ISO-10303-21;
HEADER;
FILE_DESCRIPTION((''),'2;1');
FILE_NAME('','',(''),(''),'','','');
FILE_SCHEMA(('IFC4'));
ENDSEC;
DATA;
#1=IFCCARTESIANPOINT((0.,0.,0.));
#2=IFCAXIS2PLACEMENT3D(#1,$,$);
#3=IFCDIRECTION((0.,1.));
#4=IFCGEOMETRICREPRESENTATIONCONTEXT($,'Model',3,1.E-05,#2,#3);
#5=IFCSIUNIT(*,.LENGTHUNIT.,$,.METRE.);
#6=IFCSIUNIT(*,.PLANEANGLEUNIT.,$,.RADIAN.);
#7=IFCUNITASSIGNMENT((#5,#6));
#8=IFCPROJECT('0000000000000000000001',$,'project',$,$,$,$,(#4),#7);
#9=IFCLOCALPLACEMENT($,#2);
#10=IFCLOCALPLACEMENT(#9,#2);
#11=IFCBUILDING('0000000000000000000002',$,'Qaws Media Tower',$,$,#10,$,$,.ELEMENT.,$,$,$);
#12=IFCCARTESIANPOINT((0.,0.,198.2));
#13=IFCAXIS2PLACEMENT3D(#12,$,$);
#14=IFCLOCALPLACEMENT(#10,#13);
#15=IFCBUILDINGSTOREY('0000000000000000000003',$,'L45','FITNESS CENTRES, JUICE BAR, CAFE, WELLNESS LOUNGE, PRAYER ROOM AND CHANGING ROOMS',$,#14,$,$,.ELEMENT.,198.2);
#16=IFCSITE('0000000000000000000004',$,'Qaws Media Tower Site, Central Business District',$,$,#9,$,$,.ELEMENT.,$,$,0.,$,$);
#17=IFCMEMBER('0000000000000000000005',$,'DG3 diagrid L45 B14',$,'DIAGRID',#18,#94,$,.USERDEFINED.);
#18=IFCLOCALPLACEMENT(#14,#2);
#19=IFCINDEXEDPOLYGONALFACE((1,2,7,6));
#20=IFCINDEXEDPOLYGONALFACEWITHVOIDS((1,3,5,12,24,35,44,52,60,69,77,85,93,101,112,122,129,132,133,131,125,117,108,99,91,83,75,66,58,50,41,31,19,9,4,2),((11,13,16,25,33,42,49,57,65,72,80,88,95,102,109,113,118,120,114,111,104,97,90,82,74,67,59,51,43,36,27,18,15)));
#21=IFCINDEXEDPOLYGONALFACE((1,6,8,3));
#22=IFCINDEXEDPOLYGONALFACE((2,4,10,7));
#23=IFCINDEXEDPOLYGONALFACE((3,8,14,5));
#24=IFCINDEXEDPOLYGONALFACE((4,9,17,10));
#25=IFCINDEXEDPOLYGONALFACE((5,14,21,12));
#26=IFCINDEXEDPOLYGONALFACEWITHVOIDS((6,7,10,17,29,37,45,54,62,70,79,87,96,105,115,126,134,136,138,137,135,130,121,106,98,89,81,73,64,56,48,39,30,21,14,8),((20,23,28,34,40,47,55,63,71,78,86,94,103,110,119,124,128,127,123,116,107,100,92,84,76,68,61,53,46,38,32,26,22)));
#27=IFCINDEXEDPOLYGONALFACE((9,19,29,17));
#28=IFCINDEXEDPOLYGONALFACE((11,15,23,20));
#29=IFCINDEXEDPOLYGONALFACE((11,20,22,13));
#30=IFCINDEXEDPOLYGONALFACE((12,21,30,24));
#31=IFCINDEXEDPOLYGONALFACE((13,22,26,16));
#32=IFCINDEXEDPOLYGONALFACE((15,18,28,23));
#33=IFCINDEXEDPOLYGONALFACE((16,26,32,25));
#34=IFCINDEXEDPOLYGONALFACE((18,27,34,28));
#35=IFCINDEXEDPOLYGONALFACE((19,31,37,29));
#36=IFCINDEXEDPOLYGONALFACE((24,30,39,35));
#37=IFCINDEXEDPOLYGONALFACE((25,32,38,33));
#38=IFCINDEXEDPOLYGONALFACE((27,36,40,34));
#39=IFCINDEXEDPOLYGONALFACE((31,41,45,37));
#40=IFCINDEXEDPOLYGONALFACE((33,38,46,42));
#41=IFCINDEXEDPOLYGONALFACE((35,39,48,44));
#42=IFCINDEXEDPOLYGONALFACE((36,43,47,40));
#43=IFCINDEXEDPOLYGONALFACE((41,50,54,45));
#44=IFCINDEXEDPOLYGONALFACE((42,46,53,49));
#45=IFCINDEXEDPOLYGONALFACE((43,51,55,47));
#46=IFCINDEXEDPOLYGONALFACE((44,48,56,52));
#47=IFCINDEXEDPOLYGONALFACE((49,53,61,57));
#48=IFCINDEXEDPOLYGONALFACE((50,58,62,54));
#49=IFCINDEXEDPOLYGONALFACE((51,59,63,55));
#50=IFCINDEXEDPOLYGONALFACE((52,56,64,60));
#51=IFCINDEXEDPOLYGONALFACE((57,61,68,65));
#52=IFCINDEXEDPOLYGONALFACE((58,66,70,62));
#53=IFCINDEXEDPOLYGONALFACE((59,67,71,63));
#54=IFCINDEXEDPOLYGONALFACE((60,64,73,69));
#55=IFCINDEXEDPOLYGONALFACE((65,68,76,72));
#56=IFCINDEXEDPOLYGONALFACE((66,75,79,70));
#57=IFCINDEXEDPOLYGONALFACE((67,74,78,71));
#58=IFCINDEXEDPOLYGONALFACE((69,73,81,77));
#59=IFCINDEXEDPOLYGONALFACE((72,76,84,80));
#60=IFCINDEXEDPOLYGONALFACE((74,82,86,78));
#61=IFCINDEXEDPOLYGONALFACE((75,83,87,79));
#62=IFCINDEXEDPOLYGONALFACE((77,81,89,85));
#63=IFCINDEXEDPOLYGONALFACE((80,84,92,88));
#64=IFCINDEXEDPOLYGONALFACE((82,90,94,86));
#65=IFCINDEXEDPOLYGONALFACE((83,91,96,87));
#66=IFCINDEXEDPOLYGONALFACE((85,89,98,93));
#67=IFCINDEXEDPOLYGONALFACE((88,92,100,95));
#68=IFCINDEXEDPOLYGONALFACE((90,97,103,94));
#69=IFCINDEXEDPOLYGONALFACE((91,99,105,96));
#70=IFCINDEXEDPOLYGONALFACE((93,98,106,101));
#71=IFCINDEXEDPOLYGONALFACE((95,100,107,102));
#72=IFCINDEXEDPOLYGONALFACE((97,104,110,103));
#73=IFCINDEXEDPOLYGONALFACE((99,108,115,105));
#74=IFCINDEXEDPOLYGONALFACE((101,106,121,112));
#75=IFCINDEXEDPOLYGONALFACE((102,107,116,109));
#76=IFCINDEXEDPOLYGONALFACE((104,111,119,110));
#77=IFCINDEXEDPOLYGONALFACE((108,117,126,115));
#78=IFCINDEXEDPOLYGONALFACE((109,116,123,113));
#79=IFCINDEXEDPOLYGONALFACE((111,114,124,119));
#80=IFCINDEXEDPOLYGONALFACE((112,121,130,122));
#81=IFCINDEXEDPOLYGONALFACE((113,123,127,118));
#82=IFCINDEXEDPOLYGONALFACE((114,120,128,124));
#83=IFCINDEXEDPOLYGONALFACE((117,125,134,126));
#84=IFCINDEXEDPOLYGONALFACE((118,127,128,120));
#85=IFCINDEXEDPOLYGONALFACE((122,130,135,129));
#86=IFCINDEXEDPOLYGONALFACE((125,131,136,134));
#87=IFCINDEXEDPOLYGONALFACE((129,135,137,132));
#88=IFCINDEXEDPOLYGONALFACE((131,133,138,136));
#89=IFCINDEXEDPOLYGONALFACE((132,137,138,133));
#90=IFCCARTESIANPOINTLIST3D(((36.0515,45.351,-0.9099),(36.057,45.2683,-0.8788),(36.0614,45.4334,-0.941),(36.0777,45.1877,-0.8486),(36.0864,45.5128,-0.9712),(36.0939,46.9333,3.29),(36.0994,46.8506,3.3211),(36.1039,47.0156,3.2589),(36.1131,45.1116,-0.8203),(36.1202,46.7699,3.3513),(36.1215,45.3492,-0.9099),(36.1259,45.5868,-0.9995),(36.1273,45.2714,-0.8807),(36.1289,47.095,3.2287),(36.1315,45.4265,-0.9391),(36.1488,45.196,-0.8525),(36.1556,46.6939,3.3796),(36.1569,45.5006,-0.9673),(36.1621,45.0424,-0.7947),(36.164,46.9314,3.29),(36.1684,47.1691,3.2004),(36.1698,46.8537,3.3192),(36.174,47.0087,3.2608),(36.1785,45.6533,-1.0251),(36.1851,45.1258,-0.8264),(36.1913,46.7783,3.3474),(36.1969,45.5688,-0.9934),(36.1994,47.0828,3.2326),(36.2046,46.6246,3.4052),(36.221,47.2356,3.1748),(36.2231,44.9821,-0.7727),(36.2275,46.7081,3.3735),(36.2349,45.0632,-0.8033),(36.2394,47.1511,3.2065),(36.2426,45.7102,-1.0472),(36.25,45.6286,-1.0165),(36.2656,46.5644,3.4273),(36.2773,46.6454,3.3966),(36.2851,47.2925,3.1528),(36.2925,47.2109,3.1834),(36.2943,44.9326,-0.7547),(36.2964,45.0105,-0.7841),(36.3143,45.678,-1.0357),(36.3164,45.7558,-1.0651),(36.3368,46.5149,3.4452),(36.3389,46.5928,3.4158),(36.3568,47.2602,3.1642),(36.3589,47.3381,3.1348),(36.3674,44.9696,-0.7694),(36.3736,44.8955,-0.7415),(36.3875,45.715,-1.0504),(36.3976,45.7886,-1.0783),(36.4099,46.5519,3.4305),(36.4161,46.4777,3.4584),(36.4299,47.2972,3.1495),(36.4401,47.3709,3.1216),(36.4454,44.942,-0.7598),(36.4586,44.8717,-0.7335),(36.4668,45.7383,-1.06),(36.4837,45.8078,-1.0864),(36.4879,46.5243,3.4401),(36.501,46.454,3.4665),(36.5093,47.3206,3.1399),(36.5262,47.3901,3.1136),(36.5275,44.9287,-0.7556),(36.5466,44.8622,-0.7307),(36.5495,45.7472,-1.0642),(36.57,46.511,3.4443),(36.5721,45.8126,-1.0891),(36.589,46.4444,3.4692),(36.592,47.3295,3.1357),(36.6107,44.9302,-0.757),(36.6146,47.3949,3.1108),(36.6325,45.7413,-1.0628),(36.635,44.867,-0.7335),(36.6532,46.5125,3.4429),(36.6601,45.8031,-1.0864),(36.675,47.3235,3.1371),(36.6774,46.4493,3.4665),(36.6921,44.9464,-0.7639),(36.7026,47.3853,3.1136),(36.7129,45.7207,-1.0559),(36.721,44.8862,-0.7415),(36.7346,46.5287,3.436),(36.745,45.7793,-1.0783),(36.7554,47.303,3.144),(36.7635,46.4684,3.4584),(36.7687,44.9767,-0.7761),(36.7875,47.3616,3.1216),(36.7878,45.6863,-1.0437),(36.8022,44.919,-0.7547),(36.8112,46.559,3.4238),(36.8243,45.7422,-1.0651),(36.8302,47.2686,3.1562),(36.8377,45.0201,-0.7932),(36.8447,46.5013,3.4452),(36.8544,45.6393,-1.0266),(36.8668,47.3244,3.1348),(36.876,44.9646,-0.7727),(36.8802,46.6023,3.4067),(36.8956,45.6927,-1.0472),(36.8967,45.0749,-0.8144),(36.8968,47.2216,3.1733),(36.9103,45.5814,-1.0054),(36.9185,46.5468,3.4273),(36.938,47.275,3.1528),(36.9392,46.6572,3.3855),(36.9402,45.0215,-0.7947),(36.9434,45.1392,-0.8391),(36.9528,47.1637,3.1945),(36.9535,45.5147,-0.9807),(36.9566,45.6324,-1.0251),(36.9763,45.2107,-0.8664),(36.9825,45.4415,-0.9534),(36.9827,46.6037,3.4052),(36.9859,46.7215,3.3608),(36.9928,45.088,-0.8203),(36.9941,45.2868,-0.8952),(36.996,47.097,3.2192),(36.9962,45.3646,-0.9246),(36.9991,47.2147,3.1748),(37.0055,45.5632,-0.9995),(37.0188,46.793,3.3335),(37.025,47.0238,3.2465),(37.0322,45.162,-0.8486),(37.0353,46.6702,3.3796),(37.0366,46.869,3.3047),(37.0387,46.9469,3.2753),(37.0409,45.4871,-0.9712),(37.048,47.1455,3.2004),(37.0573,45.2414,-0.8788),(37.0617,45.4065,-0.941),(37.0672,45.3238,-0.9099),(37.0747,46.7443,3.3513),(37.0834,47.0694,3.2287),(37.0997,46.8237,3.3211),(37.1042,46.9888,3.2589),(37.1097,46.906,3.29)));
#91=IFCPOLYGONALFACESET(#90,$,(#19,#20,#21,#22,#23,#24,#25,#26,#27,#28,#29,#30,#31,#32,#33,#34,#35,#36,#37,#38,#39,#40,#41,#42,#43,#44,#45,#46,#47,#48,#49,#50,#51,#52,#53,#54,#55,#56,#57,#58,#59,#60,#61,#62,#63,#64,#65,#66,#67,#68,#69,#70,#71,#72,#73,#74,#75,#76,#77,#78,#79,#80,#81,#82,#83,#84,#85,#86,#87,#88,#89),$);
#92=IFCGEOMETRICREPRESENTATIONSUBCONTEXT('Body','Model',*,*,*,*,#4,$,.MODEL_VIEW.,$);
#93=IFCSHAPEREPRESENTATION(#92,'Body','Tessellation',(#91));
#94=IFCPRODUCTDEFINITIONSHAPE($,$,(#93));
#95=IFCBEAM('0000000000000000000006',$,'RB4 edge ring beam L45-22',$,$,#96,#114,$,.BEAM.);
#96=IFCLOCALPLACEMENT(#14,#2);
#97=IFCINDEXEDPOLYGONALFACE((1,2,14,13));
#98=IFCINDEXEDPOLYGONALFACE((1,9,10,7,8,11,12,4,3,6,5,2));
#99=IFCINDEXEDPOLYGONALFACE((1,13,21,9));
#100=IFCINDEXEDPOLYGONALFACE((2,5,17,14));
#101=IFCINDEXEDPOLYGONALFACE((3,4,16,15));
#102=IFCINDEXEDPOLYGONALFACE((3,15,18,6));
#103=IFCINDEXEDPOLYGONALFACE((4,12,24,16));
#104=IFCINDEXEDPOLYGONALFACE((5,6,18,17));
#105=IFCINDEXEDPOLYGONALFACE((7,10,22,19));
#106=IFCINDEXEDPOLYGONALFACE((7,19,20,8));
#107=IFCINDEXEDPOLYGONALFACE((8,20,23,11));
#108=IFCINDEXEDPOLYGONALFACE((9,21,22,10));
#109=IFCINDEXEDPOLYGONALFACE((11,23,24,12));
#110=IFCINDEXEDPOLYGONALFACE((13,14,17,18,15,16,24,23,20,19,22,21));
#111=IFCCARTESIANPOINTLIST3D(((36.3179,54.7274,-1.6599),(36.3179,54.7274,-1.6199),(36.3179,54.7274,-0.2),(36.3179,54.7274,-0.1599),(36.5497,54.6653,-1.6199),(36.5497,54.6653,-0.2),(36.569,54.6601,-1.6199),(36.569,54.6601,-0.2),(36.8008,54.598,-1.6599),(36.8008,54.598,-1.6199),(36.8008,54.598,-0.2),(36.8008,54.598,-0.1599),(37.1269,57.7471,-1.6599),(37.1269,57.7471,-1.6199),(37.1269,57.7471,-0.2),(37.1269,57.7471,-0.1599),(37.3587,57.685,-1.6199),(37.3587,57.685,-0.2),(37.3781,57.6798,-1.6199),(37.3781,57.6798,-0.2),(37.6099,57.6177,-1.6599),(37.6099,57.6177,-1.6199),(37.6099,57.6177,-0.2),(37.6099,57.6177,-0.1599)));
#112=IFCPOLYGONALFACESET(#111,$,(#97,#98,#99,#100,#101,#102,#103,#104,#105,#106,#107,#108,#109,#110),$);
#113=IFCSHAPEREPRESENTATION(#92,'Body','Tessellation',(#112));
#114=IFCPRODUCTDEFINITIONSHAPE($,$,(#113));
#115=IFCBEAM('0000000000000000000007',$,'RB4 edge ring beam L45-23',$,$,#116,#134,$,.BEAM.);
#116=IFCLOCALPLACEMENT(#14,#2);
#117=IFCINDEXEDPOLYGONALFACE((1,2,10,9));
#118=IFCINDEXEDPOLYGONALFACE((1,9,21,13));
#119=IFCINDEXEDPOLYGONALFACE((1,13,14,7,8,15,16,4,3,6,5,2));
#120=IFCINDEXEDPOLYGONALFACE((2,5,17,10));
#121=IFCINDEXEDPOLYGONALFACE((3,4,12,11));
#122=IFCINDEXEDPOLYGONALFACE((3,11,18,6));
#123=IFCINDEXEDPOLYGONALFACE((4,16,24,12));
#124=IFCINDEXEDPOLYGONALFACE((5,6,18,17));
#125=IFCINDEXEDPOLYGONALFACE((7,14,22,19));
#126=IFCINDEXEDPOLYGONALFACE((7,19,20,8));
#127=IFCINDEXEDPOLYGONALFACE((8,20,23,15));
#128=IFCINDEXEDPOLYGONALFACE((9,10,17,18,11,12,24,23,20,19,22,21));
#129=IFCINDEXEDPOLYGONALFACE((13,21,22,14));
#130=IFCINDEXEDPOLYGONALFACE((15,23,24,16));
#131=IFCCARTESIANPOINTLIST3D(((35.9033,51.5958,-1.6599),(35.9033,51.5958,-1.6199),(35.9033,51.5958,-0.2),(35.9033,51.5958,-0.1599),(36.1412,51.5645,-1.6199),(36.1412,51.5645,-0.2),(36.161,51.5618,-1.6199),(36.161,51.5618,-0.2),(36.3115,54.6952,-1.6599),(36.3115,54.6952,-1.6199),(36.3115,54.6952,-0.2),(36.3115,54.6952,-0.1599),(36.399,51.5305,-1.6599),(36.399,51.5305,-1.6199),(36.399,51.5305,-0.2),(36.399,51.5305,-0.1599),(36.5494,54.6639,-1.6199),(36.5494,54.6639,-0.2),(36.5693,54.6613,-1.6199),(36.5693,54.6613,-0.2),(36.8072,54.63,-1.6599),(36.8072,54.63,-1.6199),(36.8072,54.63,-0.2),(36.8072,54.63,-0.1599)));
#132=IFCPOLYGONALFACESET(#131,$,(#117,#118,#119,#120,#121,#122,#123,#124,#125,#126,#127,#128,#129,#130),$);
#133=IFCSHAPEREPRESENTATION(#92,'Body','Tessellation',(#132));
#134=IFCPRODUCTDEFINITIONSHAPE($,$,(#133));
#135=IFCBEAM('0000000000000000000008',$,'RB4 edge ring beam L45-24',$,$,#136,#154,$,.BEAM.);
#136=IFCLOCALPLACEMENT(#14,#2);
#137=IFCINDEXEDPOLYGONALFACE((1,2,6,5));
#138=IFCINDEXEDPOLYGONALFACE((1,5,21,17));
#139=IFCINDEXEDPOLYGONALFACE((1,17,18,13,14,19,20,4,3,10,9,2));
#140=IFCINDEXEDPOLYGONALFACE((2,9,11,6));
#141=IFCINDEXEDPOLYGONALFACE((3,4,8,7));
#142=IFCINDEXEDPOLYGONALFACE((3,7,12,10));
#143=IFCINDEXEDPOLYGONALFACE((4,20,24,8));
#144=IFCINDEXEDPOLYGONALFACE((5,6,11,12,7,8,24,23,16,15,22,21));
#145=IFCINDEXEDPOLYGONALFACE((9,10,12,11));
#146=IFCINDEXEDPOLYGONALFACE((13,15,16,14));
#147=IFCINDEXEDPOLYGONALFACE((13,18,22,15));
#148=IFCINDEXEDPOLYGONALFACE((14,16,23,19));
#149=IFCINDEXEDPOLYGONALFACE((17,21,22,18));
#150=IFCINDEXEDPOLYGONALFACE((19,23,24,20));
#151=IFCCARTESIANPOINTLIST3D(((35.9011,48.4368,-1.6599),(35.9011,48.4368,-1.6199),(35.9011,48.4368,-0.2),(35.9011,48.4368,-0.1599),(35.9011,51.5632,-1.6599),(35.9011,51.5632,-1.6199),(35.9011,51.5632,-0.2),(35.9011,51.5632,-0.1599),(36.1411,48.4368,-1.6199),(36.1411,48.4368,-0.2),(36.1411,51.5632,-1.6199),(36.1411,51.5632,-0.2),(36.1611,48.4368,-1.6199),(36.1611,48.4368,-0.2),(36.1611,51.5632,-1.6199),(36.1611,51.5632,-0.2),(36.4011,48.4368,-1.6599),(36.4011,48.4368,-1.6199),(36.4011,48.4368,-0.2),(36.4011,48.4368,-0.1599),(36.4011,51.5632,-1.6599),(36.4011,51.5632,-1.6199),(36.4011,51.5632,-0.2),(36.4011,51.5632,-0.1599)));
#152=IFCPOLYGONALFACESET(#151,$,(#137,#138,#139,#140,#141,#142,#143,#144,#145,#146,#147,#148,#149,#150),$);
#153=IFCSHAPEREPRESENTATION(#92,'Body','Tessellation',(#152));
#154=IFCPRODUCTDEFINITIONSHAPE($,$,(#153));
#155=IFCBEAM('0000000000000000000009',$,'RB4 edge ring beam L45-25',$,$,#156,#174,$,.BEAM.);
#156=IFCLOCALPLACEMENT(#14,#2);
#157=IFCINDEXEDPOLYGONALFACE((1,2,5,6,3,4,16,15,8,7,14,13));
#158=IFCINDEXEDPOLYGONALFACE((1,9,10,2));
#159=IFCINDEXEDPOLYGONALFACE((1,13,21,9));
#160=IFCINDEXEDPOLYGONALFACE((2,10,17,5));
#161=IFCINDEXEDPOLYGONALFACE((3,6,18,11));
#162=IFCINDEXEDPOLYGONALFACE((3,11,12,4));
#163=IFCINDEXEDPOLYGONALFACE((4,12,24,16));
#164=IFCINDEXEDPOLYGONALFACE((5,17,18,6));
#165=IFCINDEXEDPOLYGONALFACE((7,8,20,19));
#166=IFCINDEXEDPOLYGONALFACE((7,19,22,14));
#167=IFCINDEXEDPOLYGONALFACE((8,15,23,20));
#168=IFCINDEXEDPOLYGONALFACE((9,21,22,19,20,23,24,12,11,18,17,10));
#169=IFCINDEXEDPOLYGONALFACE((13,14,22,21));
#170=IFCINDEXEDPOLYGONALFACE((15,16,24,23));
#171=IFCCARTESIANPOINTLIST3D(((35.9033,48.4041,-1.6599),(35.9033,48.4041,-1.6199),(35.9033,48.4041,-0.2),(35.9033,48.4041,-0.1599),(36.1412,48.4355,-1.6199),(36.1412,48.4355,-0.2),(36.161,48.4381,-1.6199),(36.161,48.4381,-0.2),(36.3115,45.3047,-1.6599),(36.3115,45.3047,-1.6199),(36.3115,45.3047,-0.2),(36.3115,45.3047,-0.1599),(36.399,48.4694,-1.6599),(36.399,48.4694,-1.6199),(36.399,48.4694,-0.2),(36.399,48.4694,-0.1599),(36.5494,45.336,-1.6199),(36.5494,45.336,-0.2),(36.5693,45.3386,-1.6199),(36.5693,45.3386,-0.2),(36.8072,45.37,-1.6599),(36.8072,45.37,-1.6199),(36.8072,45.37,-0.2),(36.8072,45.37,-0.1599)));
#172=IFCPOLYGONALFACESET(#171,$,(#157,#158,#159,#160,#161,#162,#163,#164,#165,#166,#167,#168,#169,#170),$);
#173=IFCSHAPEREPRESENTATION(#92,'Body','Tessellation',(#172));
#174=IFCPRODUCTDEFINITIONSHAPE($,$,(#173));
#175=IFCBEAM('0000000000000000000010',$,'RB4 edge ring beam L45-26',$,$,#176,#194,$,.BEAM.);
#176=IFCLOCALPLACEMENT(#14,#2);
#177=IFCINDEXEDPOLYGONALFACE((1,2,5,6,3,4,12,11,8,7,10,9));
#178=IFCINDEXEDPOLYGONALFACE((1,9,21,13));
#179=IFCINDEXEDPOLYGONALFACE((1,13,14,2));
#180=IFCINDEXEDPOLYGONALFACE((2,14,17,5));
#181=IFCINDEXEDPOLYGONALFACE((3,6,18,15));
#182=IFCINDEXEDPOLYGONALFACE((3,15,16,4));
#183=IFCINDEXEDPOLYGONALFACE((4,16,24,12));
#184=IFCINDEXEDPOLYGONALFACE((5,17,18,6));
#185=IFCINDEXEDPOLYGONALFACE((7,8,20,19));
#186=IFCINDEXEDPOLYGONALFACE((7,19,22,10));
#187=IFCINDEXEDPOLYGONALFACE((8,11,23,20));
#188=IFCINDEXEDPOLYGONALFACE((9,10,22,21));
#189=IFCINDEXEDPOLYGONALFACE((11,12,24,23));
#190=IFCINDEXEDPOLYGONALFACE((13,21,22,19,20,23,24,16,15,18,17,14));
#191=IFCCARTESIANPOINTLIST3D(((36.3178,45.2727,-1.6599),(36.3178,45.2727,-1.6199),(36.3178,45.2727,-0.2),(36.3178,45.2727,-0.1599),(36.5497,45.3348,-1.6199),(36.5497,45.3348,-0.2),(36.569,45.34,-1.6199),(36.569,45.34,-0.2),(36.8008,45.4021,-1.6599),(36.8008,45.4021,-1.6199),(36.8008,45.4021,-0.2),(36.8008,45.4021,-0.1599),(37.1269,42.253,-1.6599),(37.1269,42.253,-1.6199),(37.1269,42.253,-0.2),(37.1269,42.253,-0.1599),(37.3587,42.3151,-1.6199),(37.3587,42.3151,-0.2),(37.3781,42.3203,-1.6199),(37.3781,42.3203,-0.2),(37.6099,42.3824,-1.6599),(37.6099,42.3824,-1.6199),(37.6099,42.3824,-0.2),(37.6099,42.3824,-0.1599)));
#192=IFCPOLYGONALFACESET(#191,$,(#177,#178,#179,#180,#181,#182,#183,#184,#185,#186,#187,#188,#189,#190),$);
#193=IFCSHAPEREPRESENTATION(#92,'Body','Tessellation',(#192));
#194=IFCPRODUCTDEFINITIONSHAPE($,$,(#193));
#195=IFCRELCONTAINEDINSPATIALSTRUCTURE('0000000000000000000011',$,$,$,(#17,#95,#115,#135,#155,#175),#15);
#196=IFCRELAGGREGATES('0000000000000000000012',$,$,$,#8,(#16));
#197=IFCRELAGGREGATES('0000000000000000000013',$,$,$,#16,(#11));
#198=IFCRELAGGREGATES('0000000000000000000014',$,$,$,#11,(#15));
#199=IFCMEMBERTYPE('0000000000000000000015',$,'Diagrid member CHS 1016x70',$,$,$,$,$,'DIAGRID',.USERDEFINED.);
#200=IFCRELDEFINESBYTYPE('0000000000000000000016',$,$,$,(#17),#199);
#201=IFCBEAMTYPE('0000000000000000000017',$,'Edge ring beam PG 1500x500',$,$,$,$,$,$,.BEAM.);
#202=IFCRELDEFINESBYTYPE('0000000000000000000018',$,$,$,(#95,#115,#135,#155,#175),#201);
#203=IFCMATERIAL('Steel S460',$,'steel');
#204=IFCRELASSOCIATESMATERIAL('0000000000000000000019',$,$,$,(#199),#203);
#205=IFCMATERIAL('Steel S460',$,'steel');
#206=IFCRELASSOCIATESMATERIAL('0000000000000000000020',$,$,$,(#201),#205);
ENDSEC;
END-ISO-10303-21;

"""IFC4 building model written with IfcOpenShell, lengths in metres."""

from ifc_helpers import new_model, si_unit, direction, frame, origin, origin_2d, place, context, subcontext, project, spatial, hollow_circle, i_section, extrude, material, material_profile, profile_set, type_object, element, save


model = new_model("IFC4")

# Units and contexts
model_context = context("Model", 3, precision=1e-05, world=origin(), true_north=direction((0.0, 1.0)))
body_context = subcontext(model_context, "Body", "Model", "MODEL_VIEW")
ifc_project = project(units=[si_unit("LENGTHUNIT", "METRE"), si_unit("PLANEANGLEUNIT", "RADIAN")], contexts=[model_context])

# Site, building, storey
site_placement = place(None, origin())
site = spatial("IfcSite", under=ifc_project, at=site_placement, Name="Qaws Media Tower Site, Central Business District", CompositionType="ELEMENT", RefElevation=0.0)
building_placement = place(site_placement, origin())
building = spatial("IfcBuilding", under=site, at=building_placement, Name="Qaws Media Tower", CompositionType="ELEMENT")
storey_placement = place(building_placement, frame((0.0, 0.0, 198.2)))
storey = spatial("IfcBuildingStorey", under=building, at=storey_placement, Name="L45", Description="FITNESS CENTRES, JUICE BAR, CAFE, WELLNESS LOUNGE, PRAYER ROOM AND CHANGING ROOMS", CompositionType="ELEMENT", Elevation=198.2)

# Member
ifc_material_1 = material(Name="Steel S460", Category="steel")
ifc_material_profile_1 = material_profile(ifc_material_1, hollow_circle(Radius=0.5081, WallThickness=0.0701, at=origin_2d()), Name="CHS 1016x70")
ifc_profile_set_1 = profile_set([ifc_material_profile_1], Name="Steel S460")
member_type_1 = type_object("IfcMemberType", Name="Diagrid member CHS 1016x70", ElementType="DIAGRID", PredefinedType="USERDEFINED", material=ifc_profile_set_1)
for number, where, z_axis, x_axis, name in (
    (1, (36.5593, 45.3374, -0.9099), (0.009465, 0.352532, 0.935752), (-0.99964, 0.026838, 0.0), "DG3 diagrid L45 B14"),
):
    element("IfcMember", number, at=place(storey_placement, frame(where, z_axis=z_axis, x_axis=x_axis)), inside=storey, type_object=member_type_1, Name=name, ObjectType="DIAGRID", PredefinedType="USERDEFINED", context=body_context, shape_type="SweptSolid", body=[
        extrude(hollow_circle(Radius=0.5081, WallThickness=0.0701, at=origin_2d()), origin(), (0.0, 0.0, 1.0), 4.4883),
    ])

# Beams
ifc_material_2 = material(Name="Steel S460", Category="steel")
ifc_material_profile_2 = material_profile(ifc_material_2, i_section(OverallWidth=0.5, OverallDepth=1.5, WebThickness=0.02, FlangeThickness=0.04, at=origin_2d()), Name="PG 1500x500")
ifc_profile_set_2 = profile_set([ifc_material_profile_2], Name="Steel S460")
beam_type = type_object("IfcBeamType", Name="Edge ring beam PG 1500x500", PredefinedType="BEAM", material=ifc_profile_set_2)
for number, where, z_axis, x_axis, name in (
    (2, (37.3684, 57.6824, -0.9099), (-0.2588, -0.965931, 0.0), (0.965931, -0.2588, 0.0), "RB4 edge ring beam L45-22"),
    (3, (36.5593, 54.6626, -0.9099), (-0.130578, -0.991438, 0.0), (0.991438, -0.130578, 0.0), "RB4 edge ring beam L45-23"),
):
    element("IfcBeam", number, at=place(storey_placement, frame(where, z_axis=z_axis, x_axis=x_axis)), inside=storey, type_object=beam_type, Name=name, PredefinedType="BEAM", context=body_context, shape_type="SweptSolid", body=[
        extrude(i_section(OverallWidth=0.5, OverallDepth=1.5, WebThickness=0.02, FlangeThickness=0.04, at=origin_2d()), origin(), (0.0, 0.0, 1.0), 3.1262),
    ])
beam_placement = place(storey_placement, frame((36.1511, 51.5632, -0.9099), z_axis=(0.0, -1.0, 0.0), x_axis=(1.0, 0.0, 0.0)))
element("IfcBeam", 4, at=beam_placement, inside=storey, type_object=beam_type, Name="RB4 edge ring beam L45-24", PredefinedType="BEAM", context=body_context, shape_type="SweptSolid", body=[
    extrude(i_section(OverallWidth=0.5, OverallDepth=1.5, WebThickness=0.02, FlangeThickness=0.04, at=origin_2d()), origin(), (0.0, 0.0, 1.0), 3.1265),
])
for number, where, z_axis, x_axis, name in (
    (5, (36.1511, 48.4368, -0.9099), (0.130578, -0.991438, 0.0), (0.991438, 0.130578, 0.0), "RB4 edge ring beam L45-25"),
    (6, (36.5593, 45.3374, -0.9099), (0.2588, -0.965931, 0.0), (0.965931, 0.2588, 0.0), "RB4 edge ring beam L45-26"),
):
    element("IfcBeam", number, at=place(storey_placement, frame(where, z_axis=z_axis, x_axis=x_axis)), inside=storey, type_object=beam_type, Name=name, PredefinedType="BEAM", context=body_context, shape_type="SweptSolid", body=[
        extrude(i_section(OverallWidth=0.5, OverallDepth=1.5, WebThickness=0.02, FlangeThickness=0.04, at=origin_2d()), origin(), (0.0, 0.0, 1.0), 3.1262),
    ])

save(model, "model.ifc")
